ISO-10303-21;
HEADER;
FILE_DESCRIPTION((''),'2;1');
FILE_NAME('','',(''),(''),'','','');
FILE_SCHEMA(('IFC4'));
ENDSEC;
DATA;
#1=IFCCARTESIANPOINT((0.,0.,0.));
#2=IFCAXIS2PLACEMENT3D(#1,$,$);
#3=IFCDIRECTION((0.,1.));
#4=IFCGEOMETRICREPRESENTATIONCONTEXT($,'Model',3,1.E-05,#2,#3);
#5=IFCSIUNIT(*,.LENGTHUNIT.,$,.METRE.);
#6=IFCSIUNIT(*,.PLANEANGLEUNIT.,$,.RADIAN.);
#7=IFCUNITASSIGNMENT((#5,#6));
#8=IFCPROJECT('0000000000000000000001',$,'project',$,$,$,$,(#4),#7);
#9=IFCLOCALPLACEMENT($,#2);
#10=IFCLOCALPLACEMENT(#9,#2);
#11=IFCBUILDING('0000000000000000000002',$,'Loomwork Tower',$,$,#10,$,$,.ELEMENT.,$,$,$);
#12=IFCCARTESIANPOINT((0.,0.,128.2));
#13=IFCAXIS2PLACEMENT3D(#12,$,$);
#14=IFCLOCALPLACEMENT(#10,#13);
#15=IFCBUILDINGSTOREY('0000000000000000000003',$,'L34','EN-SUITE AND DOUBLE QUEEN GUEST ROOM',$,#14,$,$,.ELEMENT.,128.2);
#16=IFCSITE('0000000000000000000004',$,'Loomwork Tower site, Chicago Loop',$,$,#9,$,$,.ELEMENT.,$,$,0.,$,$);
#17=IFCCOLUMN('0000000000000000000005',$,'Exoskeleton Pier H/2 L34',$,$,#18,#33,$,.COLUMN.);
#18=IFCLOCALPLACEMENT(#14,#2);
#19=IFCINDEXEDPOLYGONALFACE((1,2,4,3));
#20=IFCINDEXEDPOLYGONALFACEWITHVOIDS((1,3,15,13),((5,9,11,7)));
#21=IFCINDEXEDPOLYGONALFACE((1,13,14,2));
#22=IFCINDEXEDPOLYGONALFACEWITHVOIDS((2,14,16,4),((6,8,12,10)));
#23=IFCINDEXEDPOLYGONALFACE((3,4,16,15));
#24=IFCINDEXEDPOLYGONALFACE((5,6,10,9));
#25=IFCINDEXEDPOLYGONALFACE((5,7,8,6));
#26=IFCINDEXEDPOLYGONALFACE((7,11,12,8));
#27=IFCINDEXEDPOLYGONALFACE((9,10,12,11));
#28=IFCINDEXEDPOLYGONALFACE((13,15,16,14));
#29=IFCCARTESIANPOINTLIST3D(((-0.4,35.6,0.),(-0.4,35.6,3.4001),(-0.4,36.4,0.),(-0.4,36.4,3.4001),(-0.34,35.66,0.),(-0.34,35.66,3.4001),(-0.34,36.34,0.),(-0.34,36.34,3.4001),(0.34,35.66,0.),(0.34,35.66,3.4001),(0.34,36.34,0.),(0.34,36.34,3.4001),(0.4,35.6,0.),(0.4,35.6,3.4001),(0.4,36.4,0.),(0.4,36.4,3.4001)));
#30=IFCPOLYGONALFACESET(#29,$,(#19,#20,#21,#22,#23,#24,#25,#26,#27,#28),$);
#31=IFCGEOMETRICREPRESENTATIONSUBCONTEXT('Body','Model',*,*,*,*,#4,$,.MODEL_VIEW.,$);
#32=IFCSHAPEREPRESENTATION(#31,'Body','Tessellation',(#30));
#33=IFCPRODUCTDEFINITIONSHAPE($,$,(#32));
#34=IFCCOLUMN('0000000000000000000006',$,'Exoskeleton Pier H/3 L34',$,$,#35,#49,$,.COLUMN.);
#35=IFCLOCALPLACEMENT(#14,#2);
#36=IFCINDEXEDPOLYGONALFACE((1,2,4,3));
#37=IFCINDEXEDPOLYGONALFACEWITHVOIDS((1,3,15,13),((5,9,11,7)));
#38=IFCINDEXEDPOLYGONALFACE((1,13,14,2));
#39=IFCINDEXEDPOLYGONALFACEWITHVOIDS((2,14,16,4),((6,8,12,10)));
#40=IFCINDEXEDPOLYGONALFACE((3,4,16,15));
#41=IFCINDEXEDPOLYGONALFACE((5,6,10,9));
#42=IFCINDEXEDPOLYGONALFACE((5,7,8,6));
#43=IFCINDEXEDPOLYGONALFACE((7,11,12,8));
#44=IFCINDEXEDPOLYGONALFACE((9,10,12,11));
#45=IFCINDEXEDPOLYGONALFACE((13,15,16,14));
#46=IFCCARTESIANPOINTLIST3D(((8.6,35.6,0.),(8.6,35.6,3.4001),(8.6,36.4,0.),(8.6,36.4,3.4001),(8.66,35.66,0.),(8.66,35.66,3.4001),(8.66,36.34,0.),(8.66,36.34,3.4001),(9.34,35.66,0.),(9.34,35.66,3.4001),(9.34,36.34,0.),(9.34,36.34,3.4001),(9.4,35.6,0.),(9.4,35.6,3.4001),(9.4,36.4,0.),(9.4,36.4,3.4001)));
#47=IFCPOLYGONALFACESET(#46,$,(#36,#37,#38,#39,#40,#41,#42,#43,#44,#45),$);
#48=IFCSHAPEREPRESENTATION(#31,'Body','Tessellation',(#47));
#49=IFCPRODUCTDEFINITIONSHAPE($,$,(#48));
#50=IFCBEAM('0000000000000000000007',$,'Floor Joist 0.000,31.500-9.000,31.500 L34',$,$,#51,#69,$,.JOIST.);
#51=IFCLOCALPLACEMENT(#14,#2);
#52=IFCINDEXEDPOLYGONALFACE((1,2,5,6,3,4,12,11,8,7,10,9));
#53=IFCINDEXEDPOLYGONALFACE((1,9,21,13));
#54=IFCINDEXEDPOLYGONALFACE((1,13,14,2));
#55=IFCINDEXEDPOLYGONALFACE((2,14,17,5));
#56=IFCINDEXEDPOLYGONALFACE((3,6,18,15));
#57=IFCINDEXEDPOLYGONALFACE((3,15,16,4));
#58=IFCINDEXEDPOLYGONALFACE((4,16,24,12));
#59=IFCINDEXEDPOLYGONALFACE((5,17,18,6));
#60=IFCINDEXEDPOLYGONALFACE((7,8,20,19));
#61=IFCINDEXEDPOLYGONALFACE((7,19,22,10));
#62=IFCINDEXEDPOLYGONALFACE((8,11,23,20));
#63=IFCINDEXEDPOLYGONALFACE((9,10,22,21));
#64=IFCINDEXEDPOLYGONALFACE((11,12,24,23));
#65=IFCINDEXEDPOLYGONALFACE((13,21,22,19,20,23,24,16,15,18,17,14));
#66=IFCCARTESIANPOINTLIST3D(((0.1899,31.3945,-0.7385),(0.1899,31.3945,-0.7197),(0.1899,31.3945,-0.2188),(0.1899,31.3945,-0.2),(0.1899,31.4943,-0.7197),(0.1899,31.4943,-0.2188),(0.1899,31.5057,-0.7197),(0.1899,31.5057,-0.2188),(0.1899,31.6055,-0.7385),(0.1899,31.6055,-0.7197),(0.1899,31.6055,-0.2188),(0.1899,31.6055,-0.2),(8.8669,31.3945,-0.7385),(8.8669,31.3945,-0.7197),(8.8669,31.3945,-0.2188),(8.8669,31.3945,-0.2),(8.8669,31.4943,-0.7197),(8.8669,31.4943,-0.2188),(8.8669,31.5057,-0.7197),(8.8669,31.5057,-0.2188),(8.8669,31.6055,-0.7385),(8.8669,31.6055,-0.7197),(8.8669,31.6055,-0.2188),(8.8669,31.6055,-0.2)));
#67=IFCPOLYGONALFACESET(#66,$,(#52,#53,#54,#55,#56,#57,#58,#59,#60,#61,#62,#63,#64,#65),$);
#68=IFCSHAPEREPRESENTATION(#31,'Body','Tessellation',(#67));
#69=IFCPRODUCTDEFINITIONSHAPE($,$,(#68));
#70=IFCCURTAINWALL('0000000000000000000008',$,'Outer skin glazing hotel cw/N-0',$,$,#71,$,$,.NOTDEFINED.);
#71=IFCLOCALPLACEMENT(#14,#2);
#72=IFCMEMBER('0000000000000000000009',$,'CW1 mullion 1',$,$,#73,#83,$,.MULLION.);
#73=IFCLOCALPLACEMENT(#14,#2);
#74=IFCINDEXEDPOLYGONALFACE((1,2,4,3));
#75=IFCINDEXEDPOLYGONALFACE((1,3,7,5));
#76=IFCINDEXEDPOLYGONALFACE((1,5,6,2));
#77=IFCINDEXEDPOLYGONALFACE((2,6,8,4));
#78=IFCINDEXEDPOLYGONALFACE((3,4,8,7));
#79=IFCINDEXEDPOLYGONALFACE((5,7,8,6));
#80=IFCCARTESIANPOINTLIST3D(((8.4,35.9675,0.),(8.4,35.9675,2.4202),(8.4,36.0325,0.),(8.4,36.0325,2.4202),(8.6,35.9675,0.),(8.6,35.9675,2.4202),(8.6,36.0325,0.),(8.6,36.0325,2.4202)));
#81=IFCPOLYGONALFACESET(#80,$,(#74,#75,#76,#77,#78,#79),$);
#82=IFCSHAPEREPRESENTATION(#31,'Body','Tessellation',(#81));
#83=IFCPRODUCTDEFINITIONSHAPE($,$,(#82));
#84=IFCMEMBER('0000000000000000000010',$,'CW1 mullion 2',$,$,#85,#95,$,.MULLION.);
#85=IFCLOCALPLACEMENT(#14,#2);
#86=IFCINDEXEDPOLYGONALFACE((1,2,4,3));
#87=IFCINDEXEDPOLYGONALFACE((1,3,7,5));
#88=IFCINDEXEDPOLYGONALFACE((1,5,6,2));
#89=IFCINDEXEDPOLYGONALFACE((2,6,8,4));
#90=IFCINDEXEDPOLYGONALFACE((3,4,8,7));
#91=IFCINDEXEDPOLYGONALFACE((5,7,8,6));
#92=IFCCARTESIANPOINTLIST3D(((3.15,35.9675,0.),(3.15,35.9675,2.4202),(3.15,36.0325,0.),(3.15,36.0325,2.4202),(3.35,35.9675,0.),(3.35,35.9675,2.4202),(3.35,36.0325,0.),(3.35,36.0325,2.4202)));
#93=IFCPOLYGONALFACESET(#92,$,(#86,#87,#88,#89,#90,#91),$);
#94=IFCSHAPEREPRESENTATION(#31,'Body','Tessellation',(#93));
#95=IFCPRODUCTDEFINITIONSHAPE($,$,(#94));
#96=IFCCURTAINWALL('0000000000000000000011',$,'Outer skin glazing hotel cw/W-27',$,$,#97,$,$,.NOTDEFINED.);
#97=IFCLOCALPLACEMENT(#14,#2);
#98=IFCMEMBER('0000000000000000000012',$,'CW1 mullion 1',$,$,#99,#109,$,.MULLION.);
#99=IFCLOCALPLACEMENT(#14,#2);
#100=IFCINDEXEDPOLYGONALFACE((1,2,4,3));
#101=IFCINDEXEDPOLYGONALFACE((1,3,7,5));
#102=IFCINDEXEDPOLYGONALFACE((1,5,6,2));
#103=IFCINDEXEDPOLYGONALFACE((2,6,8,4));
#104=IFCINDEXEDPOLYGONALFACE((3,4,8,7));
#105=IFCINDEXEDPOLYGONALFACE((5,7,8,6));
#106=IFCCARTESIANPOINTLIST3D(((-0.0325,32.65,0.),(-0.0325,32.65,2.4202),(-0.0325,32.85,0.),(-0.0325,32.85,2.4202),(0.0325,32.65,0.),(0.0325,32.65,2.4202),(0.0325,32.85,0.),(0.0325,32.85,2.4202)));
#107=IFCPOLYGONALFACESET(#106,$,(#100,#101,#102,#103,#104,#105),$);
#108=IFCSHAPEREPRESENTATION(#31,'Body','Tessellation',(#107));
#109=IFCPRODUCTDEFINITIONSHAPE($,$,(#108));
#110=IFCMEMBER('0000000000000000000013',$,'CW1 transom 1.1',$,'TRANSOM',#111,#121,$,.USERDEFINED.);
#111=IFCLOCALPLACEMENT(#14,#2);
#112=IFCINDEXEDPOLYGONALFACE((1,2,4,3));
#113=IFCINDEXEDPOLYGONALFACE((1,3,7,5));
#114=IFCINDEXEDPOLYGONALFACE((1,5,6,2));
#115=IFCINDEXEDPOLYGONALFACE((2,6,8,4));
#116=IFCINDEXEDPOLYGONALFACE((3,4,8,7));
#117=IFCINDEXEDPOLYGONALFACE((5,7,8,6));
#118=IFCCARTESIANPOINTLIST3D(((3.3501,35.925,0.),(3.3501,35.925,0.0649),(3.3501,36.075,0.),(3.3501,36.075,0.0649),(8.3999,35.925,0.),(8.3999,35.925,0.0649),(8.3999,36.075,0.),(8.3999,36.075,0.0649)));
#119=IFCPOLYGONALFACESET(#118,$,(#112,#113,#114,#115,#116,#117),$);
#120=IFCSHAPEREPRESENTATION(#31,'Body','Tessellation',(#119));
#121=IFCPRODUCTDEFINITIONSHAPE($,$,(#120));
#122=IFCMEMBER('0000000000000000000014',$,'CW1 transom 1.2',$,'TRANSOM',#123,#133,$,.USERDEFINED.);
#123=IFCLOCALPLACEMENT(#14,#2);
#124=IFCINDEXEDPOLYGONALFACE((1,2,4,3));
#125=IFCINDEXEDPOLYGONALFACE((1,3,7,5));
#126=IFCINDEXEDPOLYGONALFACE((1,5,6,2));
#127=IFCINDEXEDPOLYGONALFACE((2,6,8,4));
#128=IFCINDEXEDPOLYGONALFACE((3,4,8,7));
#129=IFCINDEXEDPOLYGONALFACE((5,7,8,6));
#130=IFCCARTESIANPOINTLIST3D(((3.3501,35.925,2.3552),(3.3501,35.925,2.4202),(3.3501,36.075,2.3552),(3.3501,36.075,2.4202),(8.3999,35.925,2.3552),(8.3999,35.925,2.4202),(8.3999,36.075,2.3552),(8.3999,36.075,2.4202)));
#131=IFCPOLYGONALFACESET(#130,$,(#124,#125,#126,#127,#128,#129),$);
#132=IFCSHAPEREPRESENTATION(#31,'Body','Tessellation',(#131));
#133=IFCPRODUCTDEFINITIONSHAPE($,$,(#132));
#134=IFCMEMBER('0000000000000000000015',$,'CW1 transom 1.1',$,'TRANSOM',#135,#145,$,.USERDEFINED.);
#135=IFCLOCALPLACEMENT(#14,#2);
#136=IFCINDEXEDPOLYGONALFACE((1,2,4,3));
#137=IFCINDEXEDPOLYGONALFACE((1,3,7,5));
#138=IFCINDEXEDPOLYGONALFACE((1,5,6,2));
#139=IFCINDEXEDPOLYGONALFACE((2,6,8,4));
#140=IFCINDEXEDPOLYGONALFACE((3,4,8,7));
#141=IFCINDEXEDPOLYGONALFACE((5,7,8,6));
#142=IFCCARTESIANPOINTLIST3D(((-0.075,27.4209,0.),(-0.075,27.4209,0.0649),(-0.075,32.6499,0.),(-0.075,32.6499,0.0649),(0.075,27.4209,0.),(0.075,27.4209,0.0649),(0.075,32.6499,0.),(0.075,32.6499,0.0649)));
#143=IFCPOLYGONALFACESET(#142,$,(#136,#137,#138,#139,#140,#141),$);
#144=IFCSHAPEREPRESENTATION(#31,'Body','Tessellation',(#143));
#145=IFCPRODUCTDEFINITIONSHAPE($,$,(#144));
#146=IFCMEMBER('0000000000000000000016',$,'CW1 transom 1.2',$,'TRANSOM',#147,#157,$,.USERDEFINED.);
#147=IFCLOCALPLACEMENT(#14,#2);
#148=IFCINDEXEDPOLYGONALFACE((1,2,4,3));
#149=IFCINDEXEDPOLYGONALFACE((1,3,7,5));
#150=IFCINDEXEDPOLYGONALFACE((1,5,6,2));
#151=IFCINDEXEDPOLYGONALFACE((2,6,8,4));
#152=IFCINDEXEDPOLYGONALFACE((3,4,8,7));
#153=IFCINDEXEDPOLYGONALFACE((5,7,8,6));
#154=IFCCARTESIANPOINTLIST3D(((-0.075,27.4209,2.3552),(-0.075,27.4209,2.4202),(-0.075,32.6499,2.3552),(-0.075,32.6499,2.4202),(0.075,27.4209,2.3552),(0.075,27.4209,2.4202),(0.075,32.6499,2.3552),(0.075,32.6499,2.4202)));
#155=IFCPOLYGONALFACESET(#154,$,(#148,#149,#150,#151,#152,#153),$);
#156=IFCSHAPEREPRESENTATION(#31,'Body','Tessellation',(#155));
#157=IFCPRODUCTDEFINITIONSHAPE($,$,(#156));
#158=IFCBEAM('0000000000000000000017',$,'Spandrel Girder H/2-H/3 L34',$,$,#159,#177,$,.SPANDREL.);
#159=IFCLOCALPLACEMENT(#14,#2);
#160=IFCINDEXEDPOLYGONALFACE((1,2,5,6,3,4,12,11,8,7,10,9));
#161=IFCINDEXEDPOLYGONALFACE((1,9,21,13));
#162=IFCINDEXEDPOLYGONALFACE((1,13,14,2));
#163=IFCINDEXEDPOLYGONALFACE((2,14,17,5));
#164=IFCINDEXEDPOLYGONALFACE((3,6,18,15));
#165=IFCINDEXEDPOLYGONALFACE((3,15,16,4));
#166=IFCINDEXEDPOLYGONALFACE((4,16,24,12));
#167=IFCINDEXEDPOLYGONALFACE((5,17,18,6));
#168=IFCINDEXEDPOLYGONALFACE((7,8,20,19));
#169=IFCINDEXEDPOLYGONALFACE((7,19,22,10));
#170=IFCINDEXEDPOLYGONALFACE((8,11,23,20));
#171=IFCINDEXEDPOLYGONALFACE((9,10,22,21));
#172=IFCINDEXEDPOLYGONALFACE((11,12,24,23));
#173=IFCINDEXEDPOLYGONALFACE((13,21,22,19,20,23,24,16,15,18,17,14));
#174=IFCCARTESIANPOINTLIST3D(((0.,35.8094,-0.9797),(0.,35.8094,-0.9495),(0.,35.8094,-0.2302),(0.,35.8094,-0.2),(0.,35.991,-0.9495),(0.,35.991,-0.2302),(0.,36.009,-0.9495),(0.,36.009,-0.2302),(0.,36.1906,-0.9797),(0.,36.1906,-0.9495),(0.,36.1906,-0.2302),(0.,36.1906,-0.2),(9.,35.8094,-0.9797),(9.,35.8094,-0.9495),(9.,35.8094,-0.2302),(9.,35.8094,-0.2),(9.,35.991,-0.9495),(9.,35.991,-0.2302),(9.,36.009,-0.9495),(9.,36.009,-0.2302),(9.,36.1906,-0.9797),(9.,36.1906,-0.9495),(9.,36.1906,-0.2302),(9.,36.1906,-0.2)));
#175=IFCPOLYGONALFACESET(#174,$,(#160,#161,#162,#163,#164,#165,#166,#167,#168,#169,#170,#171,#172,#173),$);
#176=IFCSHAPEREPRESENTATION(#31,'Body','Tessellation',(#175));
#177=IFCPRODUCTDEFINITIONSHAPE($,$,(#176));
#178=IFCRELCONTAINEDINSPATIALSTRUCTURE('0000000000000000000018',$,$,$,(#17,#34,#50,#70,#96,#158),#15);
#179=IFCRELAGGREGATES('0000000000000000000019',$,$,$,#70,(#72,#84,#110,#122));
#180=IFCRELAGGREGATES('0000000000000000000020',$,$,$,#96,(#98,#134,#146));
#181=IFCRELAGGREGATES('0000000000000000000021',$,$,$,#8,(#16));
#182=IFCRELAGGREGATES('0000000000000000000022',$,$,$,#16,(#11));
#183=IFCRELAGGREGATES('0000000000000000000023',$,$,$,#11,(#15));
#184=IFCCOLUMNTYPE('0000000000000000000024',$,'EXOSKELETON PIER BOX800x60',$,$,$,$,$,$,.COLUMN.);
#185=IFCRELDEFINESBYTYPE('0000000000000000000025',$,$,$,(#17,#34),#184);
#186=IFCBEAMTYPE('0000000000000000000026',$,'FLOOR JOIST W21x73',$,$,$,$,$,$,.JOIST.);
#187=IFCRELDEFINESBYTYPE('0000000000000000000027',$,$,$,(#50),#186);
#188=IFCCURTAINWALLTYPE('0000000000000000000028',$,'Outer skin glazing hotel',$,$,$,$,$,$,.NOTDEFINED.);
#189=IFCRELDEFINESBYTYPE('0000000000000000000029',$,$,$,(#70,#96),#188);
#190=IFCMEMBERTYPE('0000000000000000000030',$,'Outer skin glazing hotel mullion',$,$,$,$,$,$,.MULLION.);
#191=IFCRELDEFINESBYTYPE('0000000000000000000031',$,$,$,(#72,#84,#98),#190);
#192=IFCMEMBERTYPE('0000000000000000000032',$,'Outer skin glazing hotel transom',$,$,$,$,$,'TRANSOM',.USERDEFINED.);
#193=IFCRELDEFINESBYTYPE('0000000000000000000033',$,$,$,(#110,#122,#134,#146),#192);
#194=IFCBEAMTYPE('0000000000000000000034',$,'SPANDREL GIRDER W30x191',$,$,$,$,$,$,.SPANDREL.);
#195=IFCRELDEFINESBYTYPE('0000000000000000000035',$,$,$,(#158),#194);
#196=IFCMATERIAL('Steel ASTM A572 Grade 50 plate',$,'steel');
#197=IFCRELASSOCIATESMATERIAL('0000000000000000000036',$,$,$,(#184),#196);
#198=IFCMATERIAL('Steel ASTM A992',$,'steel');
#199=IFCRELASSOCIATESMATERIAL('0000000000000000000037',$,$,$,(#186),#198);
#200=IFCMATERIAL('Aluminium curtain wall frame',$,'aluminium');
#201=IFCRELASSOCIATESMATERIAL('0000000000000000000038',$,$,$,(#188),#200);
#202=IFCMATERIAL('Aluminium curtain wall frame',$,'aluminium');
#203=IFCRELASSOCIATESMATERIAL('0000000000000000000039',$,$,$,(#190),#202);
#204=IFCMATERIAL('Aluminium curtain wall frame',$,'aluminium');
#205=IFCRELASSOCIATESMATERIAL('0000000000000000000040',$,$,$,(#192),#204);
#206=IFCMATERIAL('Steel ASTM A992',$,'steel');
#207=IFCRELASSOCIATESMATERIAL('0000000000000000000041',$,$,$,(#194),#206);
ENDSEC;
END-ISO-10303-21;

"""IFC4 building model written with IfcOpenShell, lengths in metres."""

from ifc_helpers import new_model, si_unit, direction, frame, origin, origin_2d, place, context, subcontext, project, spatial, rectangle, hollow_rectangle, i_section, extrude, material, material_profile, profile_set, type_object, element, aggregate, save


model = new_model("IFC4")

# Units and contexts
model_context = context("Model", 3, precision=1e-05, world=origin(), true_north=direction((0.0, 1.0)))
body_context = subcontext(model_context, "Body", "Model", "MODEL_VIEW")
ifc_project = project(units=[si_unit("LENGTHUNIT", "METRE"), si_unit("PLANEANGLEUNIT", "RADIAN")], contexts=[model_context])

# Site, building, storey
site_placement = place(None, origin())
site = spatial("IfcSite", under=ifc_project, at=site_placement, Name="Loomwork Tower site, Chicago Loop", CompositionType="ELEMENT", RefElevation=0.0)
building_placement = place(site_placement, origin())
building = spatial("IfcBuilding", under=site, at=building_placement, Name="Loomwork Tower", CompositionType="ELEMENT")
storey_placement = place(building_placement, frame((0.0, 0.0, 128.2)))
storey = spatial("IfcBuildingStorey", under=building, at=storey_placement, Name="L34", Description="EN-SUITE AND DOUBLE QUEEN GUEST ROOM", CompositionType="ELEMENT", Elevation=128.2)

# Columns
ifc_material_1 = material(Name="Steel ASTM A572 Grade 50 plate", Category="steel")
ifc_material_profile_1 = material_profile(ifc_material_1, hollow_rectangle(XDim=0.8, YDim=0.8, WallThickness=0.0601, at=origin_2d()), Name="BOX800x60")
ifc_profile_set_1 = profile_set([ifc_material_profile_1], Name="Steel ASTM A572 Grade 50 plate")
column_type = type_object("IfcColumnType", Name="EXOSKELETON PIER BOX800x60", PredefinedType="COLUMN", material=ifc_profile_set_1)
for number, where, z_axis, x_axis, name in (
    (1, (0.0, 36.0, 0.0), (0.0, 0.0, 1.0), (1.0, 0.0, 0.0), "Exoskeleton Pier H/2 L34"),
    (2, (9.0, 36.0, 0.0), (0.0, 0.0, 1.0), (1.0, 0.0, 0.0), "Exoskeleton Pier H/3 L34"),
):
    element("IfcColumn", number, at=place(storey_placement, frame(where, z_axis=z_axis, x_axis=x_axis)), inside=storey, type_object=column_type, Name=name, PredefinedType="COLUMN", context=body_context, shape_type="SweptSolid", body=[
        extrude(hollow_rectangle(XDim=0.8, YDim=0.8, WallThickness=0.0601, at=origin_2d()), origin(), (0.0, 0.0, 1.0), 3.4001),
    ])

# Beam
ifc_material_2 = material(Name="Steel ASTM A992", Category="steel")
ifc_material_profile_2 = material_profile(ifc_material_2, i_section(OverallWidth=0.2109, OverallDepth=0.5386, WebThickness=0.0115, FlangeThickness=0.0188, at=origin_2d()), Name="W21x73")
ifc_profile_set_2 = profile_set([ifc_material_profile_2], Name="Steel ASTM A992")
beam_type_1 = type_object("IfcBeamType", Name="FLOOR JOIST W21x73", PredefinedType="JOIST", material=ifc_profile_set_2)
beam_placement = place(storey_placement, frame((0.1899, 31.5, -0.4692), z_axis=(1.0, 0.0, 0.0), x_axis=(0.0, 1.0, 0.0)))
element("IfcBeam", 3, at=beam_placement, inside=storey, type_object=beam_type_1, Name="Floor Joist 0.000,31.500-9.000,31.500 L34", PredefinedType="JOIST", context=body_context, shape_type="SweptSolid", body=[
    extrude(i_section(OverallWidth=0.2109, OverallDepth=0.5386, WebThickness=0.0115, FlangeThickness=0.0188, at=origin_2d()), origin(), (0.0, 0.0, 1.0), 8.677),
])

# Curtain wall, members
ifc_material_3 = material(Name="Aluminium curtain wall frame", Category="aluminium")
curtain_wall_type = type_object("IfcCurtainWallType", Name="Outer skin glazing hotel", PredefinedType="NOTDEFINED", material=ifc_material_3)
curtain_wall_1_placement = place(storey_placement, origin())
curtain_wall_1 = element("IfcCurtainWall", 4, at=curtain_wall_1_placement, inside=storey, type_object=curtain_wall_type, Name="Outer skin glazing hotel cw/N-0", PredefinedType="NOTDEFINED")
ifc_material_4 = material(Name="Aluminium curtain wall frame", Category="aluminium")
ifc_material_profile_3 = material_profile(ifc_material_4, rectangle(XDim=0.0649, YDim=0.2, at=origin_2d()), Name="AL 65x200")
ifc_profile_set_3 = profile_set([ifc_material_profile_3], Name="Aluminium curtain wall frame")
member_type_1 = type_object("IfcMemberType", Name="Outer skin glazing hotel mullion", PredefinedType="MULLION", material=ifc_profile_set_3)
member_1_placement = place(storey_placement, frame((8.5, 36.0, 0.0), z_axis=(0.0, 0.0, 1.0), x_axis=(0.0, -1.0, 0.0)))
member_1 = element("IfcMember", 5, at=member_1_placement, type_object=member_type_1, Name="CW1 mullion 1", PredefinedType="MULLION", context=body_context, shape_type="SweptSolid", body=[
    extrude(rectangle(XDim=0.0649, YDim=0.2, at=origin_2d()), origin(), (0.0, 0.0, 1.0), 2.4202),
])
member_2_placement = place(storey_placement, frame((3.25, 36.0, 0.0), z_axis=(0.0, 0.0, 1.0), x_axis=(0.0, -1.0, 0.0)))
member_2 = element("IfcMember", 6, at=member_2_placement, type_object=member_type_1, Name="CW1 mullion 2", PredefinedType="MULLION", context=body_context, shape_type="SweptSolid", body=[
    extrude(rectangle(XDim=0.0649, YDim=0.2, at=origin_2d()), origin(), (0.0, 0.0, 1.0), 2.4202),
])

# Curtain wall, member
curtain_wall_2_placement = place(storey_placement, origin())
curtain_wall_2 = element("IfcCurtainWall", 7, at=curtain_wall_2_placement, inside=storey, type_object=curtain_wall_type, Name="Outer skin glazing hotel cw/W-27", PredefinedType="NOTDEFINED")
member_3_placement = place(storey_placement, frame((0.0, 32.75, 0.0), z_axis=(0.0, 0.0, 1.0), x_axis=(1.0, 0.0, 0.0)))
member_3 = element("IfcMember", 8, at=member_3_placement, type_object=member_type_1, Name="CW1 mullion 1", PredefinedType="MULLION", context=body_context, shape_type="SweptSolid", body=[
    extrude(rectangle(XDim=0.0649, YDim=0.2, at=origin_2d()), origin(), (0.0, 0.0, 1.0), 2.4202),
])

# Members
ifc_material_5 = material(Name="Aluminium curtain wall frame", Category="aluminium")
ifc_material_profile_4 = material_profile(ifc_material_5, rectangle(XDim=0.1499, YDim=0.0649, at=origin_2d()), Name="AL 65x150")
ifc_profile_set_4 = profile_set([ifc_material_profile_4], Name="Aluminium curtain wall frame")
member_type_2 = type_object("IfcMemberType", Name="Outer skin glazing hotel transom", ElementType="TRANSOM", PredefinedType="USERDEFINED", material=ifc_profile_set_4)
member_4_placement = place(storey_placement, frame((8.3999, 36.0, 0.0325), z_axis=(-1.0, 0.0, 0.0), x_axis=(0.0, -1.0, 0.0)))
member_4 = element("IfcMember", 9, at=member_4_placement, type_object=member_type_2, Name="CW1 transom 1.1", ObjectType="TRANSOM", PredefinedType="USERDEFINED", context=body_context, shape_type="SweptSolid", body=[
    extrude(rectangle(XDim=0.1499, YDim=0.0649, at=origin_2d()), origin(), (0.0, 0.0, 1.0), 5.0498),
])
member_5_placement = place(storey_placement, frame((8.3999, 36.0, 2.3877), z_axis=(-1.0, 0.0, 0.0), x_axis=(0.0, -1.0, 0.0)))
member_5 = element("IfcMember", 10, at=member_5_placement, type_object=member_type_2, Name="CW1 transom 1.2", ObjectType="TRANSOM", PredefinedType="USERDEFINED", context=body_context, shape_type="SweptSolid", body=[
    extrude(rectangle(XDim=0.1499, YDim=0.0649, at=origin_2d()), origin(), (0.0, 0.0, 1.0), 5.0498),
])
member_6_placement = place(storey_placement, frame((0.0, 32.6499, 0.0325), z_axis=(0.0, -1.0, 0.0), x_axis=(1.0, 0.0, 0.0)))
member_6 = element("IfcMember", 11, at=member_6_placement, type_object=member_type_2, Name="CW1 transom 1.1", ObjectType="TRANSOM", PredefinedType="USERDEFINED", context=body_context, shape_type="SweptSolid", body=[
    extrude(rectangle(XDim=0.1499, YDim=0.0649, at=origin_2d()), origin(), (0.0, 0.0, 1.0), 5.229),
])
member_7_placement = place(storey_placement, frame((0.0, 32.6499, 2.3877), z_axis=(0.0, -1.0, 0.0), x_axis=(1.0, 0.0, 0.0)))
member_7 = element("IfcMember", 12, at=member_7_placement, type_object=member_type_2, Name="CW1 transom 1.2", ObjectType="TRANSOM", PredefinedType="USERDEFINED", context=body_context, shape_type="SweptSolid", body=[
    extrude(rectangle(XDim=0.1499, YDim=0.0649, at=origin_2d()), origin(), (0.0, 0.0, 1.0), 5.229),
])

# Beam
ifc_material_6 = material(Name="Steel ASTM A992", Category="steel")
ifc_material_profile_5 = material_profile(ifc_material_6, i_section(OverallWidth=0.3811, OverallDepth=0.7798, WebThickness=0.0181, FlangeThickness=0.0303, at=origin_2d()), Name="W30x191")
ifc_profile_set_5 = profile_set([ifc_material_profile_5], Name="Steel ASTM A992")
beam_type_2 = type_object("IfcBeamType", Name="SPANDREL GIRDER W30x191", PredefinedType="SPANDREL", material=ifc_profile_set_5)
for number, where, z_axis, x_axis, name in (
    (13, (0.0, 36.0, -0.5898), (1.0, 0.0, 0.0), (0.0, 1.0, 0.0), "Spandrel Girder H/2-H/3 L34"),
):
    element("IfcBeam", number, at=place(storey_placement, frame(where, z_axis=z_axis, x_axis=x_axis)), inside=storey, type_object=beam_type_2, Name=name, PredefinedType="SPANDREL", context=body_context, shape_type="SweptSolid", body=[
        extrude(i_section(OverallWidth=0.3811, OverallDepth=0.7798, WebThickness=0.0181, FlangeThickness=0.0303, at=origin_2d()), origin(), (0.0, 0.0, 1.0), 9.0),
    ])

aggregate(curtain_wall_1, [member_1, member_2, member_4, member_5])
aggregate(curtain_wall_2, [member_3, member_6, member_7])

save(model, "model.ifc")
